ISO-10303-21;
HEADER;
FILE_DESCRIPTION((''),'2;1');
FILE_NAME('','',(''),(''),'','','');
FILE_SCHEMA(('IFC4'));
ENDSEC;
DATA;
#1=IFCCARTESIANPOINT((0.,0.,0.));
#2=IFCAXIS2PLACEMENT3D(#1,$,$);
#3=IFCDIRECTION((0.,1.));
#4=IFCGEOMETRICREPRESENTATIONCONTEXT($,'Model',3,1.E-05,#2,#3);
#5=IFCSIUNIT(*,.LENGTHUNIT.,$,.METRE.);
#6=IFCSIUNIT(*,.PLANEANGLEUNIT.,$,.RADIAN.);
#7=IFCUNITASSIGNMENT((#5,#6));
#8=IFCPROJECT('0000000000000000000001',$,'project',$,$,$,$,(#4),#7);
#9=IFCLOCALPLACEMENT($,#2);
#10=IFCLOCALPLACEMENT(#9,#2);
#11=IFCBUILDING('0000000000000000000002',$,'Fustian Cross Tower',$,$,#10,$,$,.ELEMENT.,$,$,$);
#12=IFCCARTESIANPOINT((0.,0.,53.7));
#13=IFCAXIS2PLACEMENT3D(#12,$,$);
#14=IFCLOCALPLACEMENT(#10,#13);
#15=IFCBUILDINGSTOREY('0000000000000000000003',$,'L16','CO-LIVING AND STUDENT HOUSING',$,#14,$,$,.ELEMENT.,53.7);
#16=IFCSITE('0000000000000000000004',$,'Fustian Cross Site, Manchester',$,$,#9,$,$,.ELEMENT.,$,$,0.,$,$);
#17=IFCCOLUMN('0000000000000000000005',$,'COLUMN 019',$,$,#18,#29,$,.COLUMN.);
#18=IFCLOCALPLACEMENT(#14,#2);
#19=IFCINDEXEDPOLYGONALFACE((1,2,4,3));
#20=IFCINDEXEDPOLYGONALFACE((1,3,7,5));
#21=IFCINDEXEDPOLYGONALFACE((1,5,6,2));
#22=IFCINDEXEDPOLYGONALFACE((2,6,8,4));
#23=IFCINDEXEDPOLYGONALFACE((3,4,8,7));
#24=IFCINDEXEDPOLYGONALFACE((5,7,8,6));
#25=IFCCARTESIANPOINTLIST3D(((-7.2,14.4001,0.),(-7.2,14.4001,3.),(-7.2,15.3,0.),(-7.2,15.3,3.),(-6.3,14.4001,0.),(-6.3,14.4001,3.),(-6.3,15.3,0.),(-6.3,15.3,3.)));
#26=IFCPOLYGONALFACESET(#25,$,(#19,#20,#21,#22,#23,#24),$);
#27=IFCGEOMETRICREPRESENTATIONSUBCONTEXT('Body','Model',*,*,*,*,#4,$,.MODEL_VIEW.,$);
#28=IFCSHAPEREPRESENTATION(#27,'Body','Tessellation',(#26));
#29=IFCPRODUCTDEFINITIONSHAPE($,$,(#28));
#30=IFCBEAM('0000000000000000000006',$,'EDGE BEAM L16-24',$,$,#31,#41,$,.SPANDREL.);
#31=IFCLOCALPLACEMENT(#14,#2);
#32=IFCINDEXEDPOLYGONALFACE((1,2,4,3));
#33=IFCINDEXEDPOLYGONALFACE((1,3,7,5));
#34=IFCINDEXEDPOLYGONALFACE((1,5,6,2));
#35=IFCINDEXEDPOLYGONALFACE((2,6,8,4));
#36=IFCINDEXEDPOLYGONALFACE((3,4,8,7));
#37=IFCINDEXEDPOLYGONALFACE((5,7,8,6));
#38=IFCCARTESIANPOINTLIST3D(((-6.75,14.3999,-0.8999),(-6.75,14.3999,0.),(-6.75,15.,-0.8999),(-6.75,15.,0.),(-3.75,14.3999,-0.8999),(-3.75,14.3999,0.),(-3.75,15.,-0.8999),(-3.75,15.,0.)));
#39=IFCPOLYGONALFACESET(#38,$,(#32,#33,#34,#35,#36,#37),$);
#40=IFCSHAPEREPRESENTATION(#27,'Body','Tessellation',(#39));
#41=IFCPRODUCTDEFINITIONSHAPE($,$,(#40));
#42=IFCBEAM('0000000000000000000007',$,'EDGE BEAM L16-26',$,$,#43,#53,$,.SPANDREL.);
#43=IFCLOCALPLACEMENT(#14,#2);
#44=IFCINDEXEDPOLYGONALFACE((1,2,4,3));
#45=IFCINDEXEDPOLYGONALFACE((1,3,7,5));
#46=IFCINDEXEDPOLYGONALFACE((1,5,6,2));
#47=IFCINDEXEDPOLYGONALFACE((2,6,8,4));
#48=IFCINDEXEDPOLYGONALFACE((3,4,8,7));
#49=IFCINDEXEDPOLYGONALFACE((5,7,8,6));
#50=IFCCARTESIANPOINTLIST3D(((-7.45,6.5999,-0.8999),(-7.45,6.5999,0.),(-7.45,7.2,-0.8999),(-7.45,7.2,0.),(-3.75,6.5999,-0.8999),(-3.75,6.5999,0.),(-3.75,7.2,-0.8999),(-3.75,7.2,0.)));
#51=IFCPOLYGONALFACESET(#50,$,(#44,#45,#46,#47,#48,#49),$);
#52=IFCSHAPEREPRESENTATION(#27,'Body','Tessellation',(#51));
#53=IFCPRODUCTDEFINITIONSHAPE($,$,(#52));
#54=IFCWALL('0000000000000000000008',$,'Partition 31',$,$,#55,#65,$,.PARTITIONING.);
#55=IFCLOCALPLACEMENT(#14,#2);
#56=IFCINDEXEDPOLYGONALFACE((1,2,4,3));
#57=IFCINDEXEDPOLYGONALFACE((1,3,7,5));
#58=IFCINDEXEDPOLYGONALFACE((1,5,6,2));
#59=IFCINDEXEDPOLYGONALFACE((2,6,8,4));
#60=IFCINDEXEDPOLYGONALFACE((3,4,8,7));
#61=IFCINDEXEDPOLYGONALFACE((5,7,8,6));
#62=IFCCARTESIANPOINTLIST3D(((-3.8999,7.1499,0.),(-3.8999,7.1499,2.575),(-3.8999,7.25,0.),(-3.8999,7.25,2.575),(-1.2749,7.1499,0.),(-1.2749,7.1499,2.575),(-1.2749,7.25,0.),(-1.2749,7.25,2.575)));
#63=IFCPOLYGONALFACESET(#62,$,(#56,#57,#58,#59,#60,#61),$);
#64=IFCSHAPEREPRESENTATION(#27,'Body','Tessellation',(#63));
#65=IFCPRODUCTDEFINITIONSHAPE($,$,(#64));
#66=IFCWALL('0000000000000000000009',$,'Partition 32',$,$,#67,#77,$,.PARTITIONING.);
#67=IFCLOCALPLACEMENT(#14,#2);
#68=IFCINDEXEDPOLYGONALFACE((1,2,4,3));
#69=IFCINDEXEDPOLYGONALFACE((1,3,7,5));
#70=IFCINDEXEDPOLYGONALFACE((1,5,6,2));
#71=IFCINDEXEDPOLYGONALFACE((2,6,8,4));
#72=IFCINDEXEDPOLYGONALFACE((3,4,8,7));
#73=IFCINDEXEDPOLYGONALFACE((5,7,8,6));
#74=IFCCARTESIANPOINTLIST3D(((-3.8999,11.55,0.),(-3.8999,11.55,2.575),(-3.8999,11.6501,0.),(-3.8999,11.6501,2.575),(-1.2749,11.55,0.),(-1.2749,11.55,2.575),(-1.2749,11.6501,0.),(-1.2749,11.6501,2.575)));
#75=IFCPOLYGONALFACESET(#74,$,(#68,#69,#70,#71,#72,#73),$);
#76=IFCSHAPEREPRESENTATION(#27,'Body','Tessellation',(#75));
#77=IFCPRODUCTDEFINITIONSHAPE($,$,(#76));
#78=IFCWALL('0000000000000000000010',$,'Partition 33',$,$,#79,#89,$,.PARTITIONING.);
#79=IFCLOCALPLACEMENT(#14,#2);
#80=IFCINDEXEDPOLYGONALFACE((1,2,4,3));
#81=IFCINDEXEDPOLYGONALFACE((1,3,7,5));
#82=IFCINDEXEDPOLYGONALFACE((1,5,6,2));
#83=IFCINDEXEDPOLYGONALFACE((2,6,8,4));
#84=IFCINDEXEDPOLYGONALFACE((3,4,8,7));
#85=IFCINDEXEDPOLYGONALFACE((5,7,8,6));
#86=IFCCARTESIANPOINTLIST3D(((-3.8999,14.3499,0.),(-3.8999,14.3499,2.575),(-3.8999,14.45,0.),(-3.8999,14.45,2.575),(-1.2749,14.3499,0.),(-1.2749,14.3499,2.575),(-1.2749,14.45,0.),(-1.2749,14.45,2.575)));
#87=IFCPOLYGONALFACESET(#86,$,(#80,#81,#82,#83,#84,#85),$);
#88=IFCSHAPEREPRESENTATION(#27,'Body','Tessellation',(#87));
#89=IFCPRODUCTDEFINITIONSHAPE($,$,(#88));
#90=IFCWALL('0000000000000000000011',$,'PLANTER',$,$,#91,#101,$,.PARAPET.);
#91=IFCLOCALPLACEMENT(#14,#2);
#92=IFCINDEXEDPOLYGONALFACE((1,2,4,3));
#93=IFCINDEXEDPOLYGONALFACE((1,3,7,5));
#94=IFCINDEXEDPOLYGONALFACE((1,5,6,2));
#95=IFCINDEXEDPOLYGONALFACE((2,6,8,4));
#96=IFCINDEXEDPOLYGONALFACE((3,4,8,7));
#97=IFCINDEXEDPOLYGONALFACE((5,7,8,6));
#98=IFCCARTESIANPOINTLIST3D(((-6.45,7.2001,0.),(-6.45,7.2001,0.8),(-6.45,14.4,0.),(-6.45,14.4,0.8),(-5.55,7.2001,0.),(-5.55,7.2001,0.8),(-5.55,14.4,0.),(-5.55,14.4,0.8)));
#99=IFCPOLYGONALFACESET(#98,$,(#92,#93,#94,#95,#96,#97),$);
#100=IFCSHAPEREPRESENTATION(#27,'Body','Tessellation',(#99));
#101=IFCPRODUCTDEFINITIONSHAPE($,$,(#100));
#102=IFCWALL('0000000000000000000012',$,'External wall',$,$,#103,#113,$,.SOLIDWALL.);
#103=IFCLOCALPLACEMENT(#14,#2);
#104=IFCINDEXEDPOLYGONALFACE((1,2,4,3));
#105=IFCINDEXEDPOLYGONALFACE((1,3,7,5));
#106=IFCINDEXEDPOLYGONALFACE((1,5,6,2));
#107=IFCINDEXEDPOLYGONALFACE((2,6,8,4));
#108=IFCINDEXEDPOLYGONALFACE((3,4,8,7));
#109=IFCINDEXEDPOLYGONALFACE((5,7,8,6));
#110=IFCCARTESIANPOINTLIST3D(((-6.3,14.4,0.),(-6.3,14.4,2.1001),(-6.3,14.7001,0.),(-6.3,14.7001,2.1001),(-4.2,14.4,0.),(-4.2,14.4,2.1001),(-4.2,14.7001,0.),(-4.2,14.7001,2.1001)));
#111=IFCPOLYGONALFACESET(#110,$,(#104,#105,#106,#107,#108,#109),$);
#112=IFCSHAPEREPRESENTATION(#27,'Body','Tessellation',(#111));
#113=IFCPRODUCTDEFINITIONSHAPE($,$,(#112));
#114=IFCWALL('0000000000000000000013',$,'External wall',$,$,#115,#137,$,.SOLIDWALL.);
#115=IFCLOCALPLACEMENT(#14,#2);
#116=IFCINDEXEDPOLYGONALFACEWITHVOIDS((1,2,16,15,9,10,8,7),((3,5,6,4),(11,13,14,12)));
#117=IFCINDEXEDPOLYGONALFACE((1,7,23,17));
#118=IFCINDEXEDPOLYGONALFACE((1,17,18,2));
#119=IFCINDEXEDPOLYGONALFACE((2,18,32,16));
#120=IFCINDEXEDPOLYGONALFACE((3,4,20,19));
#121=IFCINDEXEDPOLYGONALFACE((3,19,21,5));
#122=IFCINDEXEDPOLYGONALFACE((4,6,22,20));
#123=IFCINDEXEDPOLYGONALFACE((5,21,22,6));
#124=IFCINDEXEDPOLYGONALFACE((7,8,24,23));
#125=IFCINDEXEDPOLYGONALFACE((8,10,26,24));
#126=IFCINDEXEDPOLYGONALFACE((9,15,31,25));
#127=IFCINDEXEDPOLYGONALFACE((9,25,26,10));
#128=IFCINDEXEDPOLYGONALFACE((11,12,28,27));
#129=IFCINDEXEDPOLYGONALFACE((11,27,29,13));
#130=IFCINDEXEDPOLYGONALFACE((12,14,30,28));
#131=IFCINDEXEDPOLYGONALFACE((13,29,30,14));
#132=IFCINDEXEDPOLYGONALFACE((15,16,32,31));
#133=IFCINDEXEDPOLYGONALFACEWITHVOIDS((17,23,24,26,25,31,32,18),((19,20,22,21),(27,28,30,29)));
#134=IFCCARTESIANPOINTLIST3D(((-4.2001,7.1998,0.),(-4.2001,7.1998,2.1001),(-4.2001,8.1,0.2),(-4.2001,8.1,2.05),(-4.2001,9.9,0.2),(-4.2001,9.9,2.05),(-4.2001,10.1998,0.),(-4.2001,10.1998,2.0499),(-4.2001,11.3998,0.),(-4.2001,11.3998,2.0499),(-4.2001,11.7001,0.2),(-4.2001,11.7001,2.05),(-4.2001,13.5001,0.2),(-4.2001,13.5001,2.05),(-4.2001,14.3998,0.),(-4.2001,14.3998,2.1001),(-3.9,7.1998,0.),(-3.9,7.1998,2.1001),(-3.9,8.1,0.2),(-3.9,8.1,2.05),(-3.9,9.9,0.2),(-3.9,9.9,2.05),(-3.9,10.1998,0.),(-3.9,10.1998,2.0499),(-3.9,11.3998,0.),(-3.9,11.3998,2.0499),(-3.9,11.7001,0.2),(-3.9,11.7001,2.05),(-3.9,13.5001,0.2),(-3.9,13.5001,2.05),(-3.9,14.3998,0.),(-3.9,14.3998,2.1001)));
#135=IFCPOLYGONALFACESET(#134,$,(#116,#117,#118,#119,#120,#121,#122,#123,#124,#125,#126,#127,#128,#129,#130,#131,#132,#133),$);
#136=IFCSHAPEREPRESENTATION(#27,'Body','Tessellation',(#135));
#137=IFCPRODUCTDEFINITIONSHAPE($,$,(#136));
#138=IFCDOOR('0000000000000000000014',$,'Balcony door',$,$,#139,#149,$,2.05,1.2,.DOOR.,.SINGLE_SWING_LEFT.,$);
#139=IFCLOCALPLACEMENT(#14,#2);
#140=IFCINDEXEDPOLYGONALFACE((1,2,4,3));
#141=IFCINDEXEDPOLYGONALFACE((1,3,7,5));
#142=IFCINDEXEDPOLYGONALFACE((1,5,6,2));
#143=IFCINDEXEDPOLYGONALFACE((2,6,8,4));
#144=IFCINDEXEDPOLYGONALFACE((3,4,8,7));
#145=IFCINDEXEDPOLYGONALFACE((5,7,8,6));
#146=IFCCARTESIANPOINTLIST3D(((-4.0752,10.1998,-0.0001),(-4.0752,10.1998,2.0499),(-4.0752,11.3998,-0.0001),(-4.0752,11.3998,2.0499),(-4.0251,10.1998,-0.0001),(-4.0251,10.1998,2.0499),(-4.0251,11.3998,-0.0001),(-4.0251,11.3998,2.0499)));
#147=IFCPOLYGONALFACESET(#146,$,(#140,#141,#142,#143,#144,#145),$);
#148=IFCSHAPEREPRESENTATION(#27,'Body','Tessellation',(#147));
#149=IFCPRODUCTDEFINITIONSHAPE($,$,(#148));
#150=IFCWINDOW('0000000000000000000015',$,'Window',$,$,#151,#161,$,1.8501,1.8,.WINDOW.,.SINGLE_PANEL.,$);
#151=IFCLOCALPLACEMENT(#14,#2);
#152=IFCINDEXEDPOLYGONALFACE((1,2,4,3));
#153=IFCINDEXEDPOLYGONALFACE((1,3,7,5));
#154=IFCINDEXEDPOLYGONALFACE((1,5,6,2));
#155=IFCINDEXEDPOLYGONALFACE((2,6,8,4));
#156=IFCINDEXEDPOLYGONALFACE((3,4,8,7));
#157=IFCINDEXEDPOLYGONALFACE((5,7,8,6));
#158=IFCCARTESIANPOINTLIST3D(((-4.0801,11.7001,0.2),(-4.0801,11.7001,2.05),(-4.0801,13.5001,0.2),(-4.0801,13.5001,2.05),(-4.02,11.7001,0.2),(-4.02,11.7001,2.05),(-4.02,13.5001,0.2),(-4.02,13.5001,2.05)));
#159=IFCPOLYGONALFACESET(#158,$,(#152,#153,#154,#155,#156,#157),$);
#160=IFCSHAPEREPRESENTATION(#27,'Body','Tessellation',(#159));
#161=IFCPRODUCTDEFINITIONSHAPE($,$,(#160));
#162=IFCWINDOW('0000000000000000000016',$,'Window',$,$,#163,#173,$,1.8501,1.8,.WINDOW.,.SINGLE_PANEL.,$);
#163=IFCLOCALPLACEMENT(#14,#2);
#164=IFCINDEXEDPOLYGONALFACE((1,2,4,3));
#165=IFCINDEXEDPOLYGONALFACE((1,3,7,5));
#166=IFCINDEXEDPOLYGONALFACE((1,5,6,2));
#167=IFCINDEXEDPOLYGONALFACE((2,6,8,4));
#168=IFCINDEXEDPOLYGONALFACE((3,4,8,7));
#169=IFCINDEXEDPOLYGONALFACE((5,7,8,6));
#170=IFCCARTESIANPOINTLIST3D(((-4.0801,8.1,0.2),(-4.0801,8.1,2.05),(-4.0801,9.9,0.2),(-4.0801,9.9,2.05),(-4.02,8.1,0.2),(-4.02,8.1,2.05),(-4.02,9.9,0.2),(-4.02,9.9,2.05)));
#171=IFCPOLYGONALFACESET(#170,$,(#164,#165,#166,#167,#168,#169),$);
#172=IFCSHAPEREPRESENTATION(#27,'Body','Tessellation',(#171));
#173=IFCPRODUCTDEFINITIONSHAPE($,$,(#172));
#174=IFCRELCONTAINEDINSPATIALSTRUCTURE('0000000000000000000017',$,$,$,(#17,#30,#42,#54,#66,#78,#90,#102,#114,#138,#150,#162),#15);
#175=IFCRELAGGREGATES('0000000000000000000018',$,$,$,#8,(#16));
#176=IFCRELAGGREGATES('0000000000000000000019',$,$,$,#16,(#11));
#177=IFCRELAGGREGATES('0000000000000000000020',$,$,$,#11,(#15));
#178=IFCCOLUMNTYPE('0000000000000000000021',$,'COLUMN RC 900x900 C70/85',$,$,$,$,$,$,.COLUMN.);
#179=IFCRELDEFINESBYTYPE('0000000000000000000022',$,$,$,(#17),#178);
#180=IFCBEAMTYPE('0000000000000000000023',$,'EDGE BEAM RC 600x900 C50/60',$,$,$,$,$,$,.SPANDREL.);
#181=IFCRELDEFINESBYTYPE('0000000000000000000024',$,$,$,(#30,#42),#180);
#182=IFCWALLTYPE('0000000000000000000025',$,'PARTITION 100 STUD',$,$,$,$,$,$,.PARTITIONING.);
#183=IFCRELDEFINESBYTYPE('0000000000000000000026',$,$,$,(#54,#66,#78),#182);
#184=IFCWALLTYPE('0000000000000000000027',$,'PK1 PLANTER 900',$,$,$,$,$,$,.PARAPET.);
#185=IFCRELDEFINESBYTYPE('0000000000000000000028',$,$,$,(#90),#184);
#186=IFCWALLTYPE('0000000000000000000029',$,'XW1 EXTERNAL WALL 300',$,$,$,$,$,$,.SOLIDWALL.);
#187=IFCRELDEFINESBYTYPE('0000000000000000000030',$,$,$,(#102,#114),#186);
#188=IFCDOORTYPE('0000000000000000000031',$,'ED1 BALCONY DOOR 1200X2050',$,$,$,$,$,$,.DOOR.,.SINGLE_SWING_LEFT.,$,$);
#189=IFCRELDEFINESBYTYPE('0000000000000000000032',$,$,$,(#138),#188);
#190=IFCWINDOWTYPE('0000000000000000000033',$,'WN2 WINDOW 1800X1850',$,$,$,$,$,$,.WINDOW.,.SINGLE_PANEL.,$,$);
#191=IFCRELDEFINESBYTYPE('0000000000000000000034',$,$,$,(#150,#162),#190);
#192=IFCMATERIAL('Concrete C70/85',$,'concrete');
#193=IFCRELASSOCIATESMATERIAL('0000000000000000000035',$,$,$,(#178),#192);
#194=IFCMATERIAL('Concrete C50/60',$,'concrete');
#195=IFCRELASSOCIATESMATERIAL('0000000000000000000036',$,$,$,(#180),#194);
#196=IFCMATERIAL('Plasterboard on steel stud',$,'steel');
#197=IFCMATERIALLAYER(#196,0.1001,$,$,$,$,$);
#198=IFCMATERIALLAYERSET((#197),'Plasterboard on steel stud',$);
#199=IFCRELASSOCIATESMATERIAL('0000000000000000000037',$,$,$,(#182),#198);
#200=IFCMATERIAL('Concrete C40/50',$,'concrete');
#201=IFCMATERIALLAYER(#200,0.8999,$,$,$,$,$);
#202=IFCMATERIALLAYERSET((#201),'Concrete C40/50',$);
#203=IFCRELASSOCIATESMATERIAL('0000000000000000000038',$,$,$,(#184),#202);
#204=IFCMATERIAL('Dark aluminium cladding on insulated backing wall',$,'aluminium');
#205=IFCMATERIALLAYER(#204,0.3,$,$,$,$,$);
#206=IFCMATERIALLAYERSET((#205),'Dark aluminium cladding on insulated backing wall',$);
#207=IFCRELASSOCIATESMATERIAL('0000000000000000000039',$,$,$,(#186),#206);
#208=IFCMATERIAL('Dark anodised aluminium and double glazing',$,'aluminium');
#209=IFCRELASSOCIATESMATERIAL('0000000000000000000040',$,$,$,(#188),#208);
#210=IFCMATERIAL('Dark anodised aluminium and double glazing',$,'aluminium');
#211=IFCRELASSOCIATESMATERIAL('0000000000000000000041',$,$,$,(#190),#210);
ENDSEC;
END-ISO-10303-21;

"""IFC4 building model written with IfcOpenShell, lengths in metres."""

from ifc_helpers import new_model, si_unit, direction, frame, frame_2d, origin, origin_2d, place, context, subcontext, project, spatial, rectangle, extrude, material, layer, layer_set, material_profile, profile_set, type_object, element, fill, save


model = new_model("IFC4")

# Units and contexts
model_context = context("Model", 3, precision=1e-05, world=origin(), true_north=direction((0.0, 1.0)))
body_context = subcontext(model_context, "Body", "Model", "MODEL_VIEW")
ifc_project = project(units=[si_unit("LENGTHUNIT", "METRE"), si_unit("PLANEANGLEUNIT", "RADIAN")], contexts=[model_context])

# Site, building, storey
site_placement = place(None, origin())
site = spatial("IfcSite", under=ifc_project, at=site_placement, Name="Fustian Cross Site, Manchester", CompositionType="ELEMENT", RefElevation=0.0)
building_placement = place(site_placement, origin())
building = spatial("IfcBuilding", under=site, at=building_placement, Name="Fustian Cross Tower", CompositionType="ELEMENT")
storey_placement = place(building_placement, frame((0.0, 0.0, 53.7)))
storey = spatial("IfcBuildingStorey", under=building, at=storey_placement, Name="L16", Description="CO-LIVING AND STUDENT HOUSING", CompositionType="ELEMENT", Elevation=53.7)

# Column
ifc_material_1 = material(Name="Concrete C70/85", Category="concrete")
ifc_material_profile_1 = material_profile(ifc_material_1, rectangle(XDim=0.8999, YDim=0.8999, at=origin_2d()), Name="RC 900x900")
ifc_profile_set_1 = profile_set([ifc_material_profile_1], Name="Concrete C70/85")
column_type = type_object("IfcColumnType", Name="COLUMN RC 900x900 C70/85", PredefinedType="COLUMN", material=ifc_profile_set_1)
column_placement = place(storey_placement, frame((-6.75, 14.8501, 0.0), z_axis=(0.0, 0.0, 1.0), x_axis=(1.0, 0.0, 0.0)))
element("IfcColumn", 1, at=column_placement, inside=storey, type_object=column_type, Name="COLUMN 019", PredefinedType="COLUMN", context=body_context, shape_type="SweptSolid", body=[
    extrude(rectangle(XDim=0.8999, YDim=0.8999, at=origin_2d()), origin(), (0.0, 0.0, 1.0), 3.0),
])

# Beams
ifc_material_2 = material(Name="Concrete C50/60", Category="concrete")
ifc_material_profile_2 = material_profile(ifc_material_2, rectangle(XDim=0.6001, YDim=0.8999, at=origin_2d()), Name="RC 600x900")
ifc_profile_set_2 = profile_set([ifc_material_profile_2], Name="Concrete C50/60")
beam_type = type_object("IfcBeamType", Name="EDGE BEAM RC 600x900 C50/60", PredefinedType="SPANDREL", material=ifc_profile_set_2)
beam_1_placement = place(storey_placement, frame((-6.75, 14.7, -0.45), z_axis=(1.0, 0.0, 0.0), x_axis=(0.0, 1.0, 0.0)))
element("IfcBeam", 2, at=beam_1_placement, inside=storey, type_object=beam_type, Name="EDGE BEAM L16-24", PredefinedType="SPANDREL", context=body_context, shape_type="SweptSolid", body=[
    extrude(rectangle(XDim=0.6001, YDim=0.8999, at=origin_2d()), origin(), (0.0, 0.0, 1.0), 3.0),
])
beam_2_placement = place(storey_placement, frame((-3.75, 6.8999, -0.45), z_axis=(-1.0, 0.0, 0.0), x_axis=(0.0, -1.0, 0.0)))
element("IfcBeam", 3, at=beam_2_placement, inside=storey, type_object=beam_type, Name="EDGE BEAM L16-26", PredefinedType="SPANDREL", context=body_context, shape_type="SweptSolid", body=[
    extrude(rectangle(XDim=0.6001, YDim=0.8999, at=origin_2d()), origin(), (0.0, 0.0, 1.0), 3.7),
])

# Walls
ifc_material_3 = material(Name="Plasterboard on steel stud", Category="steel")
ifc_layer_1 = layer(ifc_material_3, 0.1001)
ifc_layer_set_1 = layer_set([ifc_layer_1], Name="Plasterboard on steel stud")
wall_type_1 = type_object("IfcWallType", Name="PARTITION 100 STUD", PredefinedType="PARTITIONING", material=ifc_layer_set_1)
for number, where, z_axis, x_axis, name in (
    (4, (-3.8999, 7.2, 0.0), (0.0, 0.0, 1.0), (1.0, 0.0, 0.0), "Partition 31"),
    (5, (-3.8999, 11.6001, 0.0), (0.0, 0.0, 1.0), (1.0, 0.0, 0.0), "Partition 32"),
    (6, (-3.8999, 14.3999, 0.0), (0.0, 0.0, 1.0), (1.0, 0.0, 0.0), "Partition 33"),
):
    element("IfcWall", number, at=place(storey_placement, frame(where, z_axis=z_axis, x_axis=x_axis)), inside=storey, type_object=wall_type_1, Name=name, PredefinedType="PARTITIONING", context=body_context, shape_type="SweptSolid", body=[
        extrude(rectangle(XDim=2.625, YDim=0.1001, at=frame_2d((1.3125, 0.0))), origin(), (0.0, 0.0, 1.0), 2.575),
    ])
ifc_material_4 = material(Name="Concrete C40/50", Category="concrete")
ifc_layer_2 = layer(ifc_material_4, 0.8999)
ifc_layer_set_2 = layer_set([ifc_layer_2], Name="Concrete C40/50")
wall_type_2 = type_object("IfcWallType", Name="PK1 PLANTER 900", PredefinedType="PARAPET", material=ifc_layer_set_2)
wall_1_placement = place(storey_placement, frame((-6.0, 7.2, 0.0), z_axis=(0.0, 0.0, 1.0), x_axis=(0.0, 1.0, 0.0)))
element("IfcWall", 7, at=wall_1_placement, inside=storey, type_object=wall_type_2, Name="PLANTER", PredefinedType="PARAPET", context=body_context, shape_type="SweptSolid", body=[
    extrude(rectangle(XDim=7.2, YDim=0.8999, at=frame_2d((3.6001, 0.0))), origin(), (0.0, 0.0, 1.0), 0.8),
])
ifc_material_5 = material(Name="Dark aluminium cladding on insulated backing wall", Category="aluminium")
ifc_layer_3 = layer(ifc_material_5, 0.3)
ifc_layer_set_3 = layer_set([ifc_layer_3], Name="Dark aluminium cladding on insulated backing wall")
wall_type_3 = type_object("IfcWallType", Name="XW1 EXTERNAL WALL 300", PredefinedType="SOLIDWALL", material=ifc_layer_set_3)
wall_2_placement = place(storey_placement, frame((-6.3, 14.55, 0.0), z_axis=(0.0, 0.0, 1.0), x_axis=(1.0, 0.0, 0.0)))
element("IfcWall", 8, at=wall_2_placement, inside=storey, type_object=wall_type_3, Name="External wall", PredefinedType="SOLIDWALL", context=body_context, shape_type="SweptSolid", body=[
    extrude(rectangle(XDim=2.1001, YDim=0.3, at=frame_2d((1.05, 0.0))), origin(), (0.0, 0.0, 1.0), 2.1001),
])

# Wall, openings, door, windows
wall_3_placement = place(storey_placement, frame((-4.05, 14.3999, 0.0), z_axis=(0.0, 0.0, 1.0), x_axis=(0.0, -1.0, 0.0)))
wall_3 = element("IfcWall", 9, at=wall_3_placement, inside=storey, type_object=wall_type_3, Name="External wall", PredefinedType="SOLIDWALL", context=body_context, shape_type="SweptSolid", body=[
    extrude(rectangle(XDim=7.2, YDim=0.3, at=frame_2d((3.6001, 0.0))), origin(), (0.0, 0.0, 1.0), 2.1001),
])
opening_1_placement = place(wall_3_placement, frame((3.0, 0.0, 0.0)))
opening_1 = element("IfcOpeningElement", 10, at=opening_1_placement, cuts=wall_3, PredefinedType="OPENING", context=body_context, shape_type="SweptSolid", body=[
    extrude(rectangle(XDim=1.2, YDim=2.05, at=frame_2d((0.6001, 1.0249))), frame((0.0, 0.1599, 0.0), z_axis=(0.0, -1.0, 0.0), x_axis=(1.0, 0.0, 0.0)), (0.0, 0.0, 1.0), 0.3201),
])
opening_2_placement = place(wall_3_placement, frame((0.8999, 0.0, 0.2)))
opening_2 = element("IfcOpeningElement", 11, at=opening_2_placement, cuts=wall_3, PredefinedType="OPENING", context=body_context, shape_type="SweptSolid", body=[
    extrude(rectangle(XDim=1.8, YDim=1.8501, at=frame_2d((0.8999, 0.925))), frame((0.0, 0.1599, 0.0), z_axis=(0.0, -1.0, 0.0), x_axis=(1.0, 0.0, 0.0)), (0.0, 0.0, 1.0), 0.3201),
])
opening_3_placement = place(wall_3_placement, frame((4.5, 0.0, 0.2)))
opening_3 = element("IfcOpeningElement", 12, at=opening_3_placement, cuts=wall_3, PredefinedType="OPENING", context=body_context, shape_type="SweptSolid", body=[
    extrude(rectangle(XDim=1.8, YDim=1.8501, at=frame_2d((0.8999, 0.925))), frame((0.0, 0.1599, 0.0), z_axis=(0.0, -1.0, 0.0), x_axis=(1.0, 0.0, 0.0)), (0.0, 0.0, 1.0), 0.3201),
])
ifc_material_6 = material(Name="Dark anodised aluminium and double glazing", Category="aluminium")
door_type = type_object("IfcDoorType", Name="ED1 BALCONY DOOR 1200X2050", OperationType="SINGLE_SWING_LEFT", PredefinedType="DOOR", material=ifc_material_6)
door_placement = place(opening_1_placement, origin())
door = element("IfcDoor", 13, at=door_placement, inside=storey, type_object=door_type, Name="Balcony door", OperationType="SINGLE_SWING_LEFT", OverallHeight=2.05, OverallWidth=1.2, PredefinedType="DOOR", context=body_context, shape_type="SweptSolid", body=[
    extrude(rectangle(XDim=1.2, YDim=2.05, at=frame_2d((0.6001, 1.0249))), frame((0.0, 0.0249, 0.0), z_axis=(0.0, -1.0, 0.0), x_axis=(1.0, 0.0, 0.0)), (0.0, 0.0, 1.0), 0.05),
])
fill(opening_1, door)
ifc_material_7 = material(Name="Dark anodised aluminium and double glazing", Category="aluminium")
window_type = type_object("IfcWindowType", Name="WN2 WINDOW 1800X1850", PartitioningType="SINGLE_PANEL", PredefinedType="WINDOW", material=ifc_material_7)
window_1_placement = place(opening_2_placement, origin())
window_1 = element("IfcWindow", 14, at=window_1_placement, inside=storey, type_object=window_type, Name="Window", OverallHeight=1.8501, OverallWidth=1.8, PartitioningType="SINGLE_PANEL", PredefinedType="WINDOW", context=body_context, shape_type="SweptSolid", body=[
    extrude(rectangle(XDim=1.8, YDim=1.8501, at=frame_2d((0.8999, 0.925))), frame((0.0, 0.03, 0.0), z_axis=(0.0, -1.0, 0.0), x_axis=(1.0, 0.0, 0.0)), (0.0, 0.0, 1.0), 0.0601),
])
fill(opening_2, window_1)
window_2_placement = place(opening_3_placement, origin())
window_2 = element("IfcWindow", 15, at=window_2_placement, inside=storey, type_object=window_type, Name="Window", OverallHeight=1.8501, OverallWidth=1.8, PartitioningType="SINGLE_PANEL", PredefinedType="WINDOW", context=body_context, shape_type="SweptSolid", body=[
    extrude(rectangle(XDim=1.8, YDim=1.8501, at=frame_2d((0.8999, 0.925))), frame((0.0, 0.03, 0.0), z_axis=(0.0, -1.0, 0.0), x_axis=(1.0, 0.0, 0.0)), (0.0, 0.0, 1.0), 0.0601),
])
fill(opening_3, window_2)

save(model, "model.ifc")
